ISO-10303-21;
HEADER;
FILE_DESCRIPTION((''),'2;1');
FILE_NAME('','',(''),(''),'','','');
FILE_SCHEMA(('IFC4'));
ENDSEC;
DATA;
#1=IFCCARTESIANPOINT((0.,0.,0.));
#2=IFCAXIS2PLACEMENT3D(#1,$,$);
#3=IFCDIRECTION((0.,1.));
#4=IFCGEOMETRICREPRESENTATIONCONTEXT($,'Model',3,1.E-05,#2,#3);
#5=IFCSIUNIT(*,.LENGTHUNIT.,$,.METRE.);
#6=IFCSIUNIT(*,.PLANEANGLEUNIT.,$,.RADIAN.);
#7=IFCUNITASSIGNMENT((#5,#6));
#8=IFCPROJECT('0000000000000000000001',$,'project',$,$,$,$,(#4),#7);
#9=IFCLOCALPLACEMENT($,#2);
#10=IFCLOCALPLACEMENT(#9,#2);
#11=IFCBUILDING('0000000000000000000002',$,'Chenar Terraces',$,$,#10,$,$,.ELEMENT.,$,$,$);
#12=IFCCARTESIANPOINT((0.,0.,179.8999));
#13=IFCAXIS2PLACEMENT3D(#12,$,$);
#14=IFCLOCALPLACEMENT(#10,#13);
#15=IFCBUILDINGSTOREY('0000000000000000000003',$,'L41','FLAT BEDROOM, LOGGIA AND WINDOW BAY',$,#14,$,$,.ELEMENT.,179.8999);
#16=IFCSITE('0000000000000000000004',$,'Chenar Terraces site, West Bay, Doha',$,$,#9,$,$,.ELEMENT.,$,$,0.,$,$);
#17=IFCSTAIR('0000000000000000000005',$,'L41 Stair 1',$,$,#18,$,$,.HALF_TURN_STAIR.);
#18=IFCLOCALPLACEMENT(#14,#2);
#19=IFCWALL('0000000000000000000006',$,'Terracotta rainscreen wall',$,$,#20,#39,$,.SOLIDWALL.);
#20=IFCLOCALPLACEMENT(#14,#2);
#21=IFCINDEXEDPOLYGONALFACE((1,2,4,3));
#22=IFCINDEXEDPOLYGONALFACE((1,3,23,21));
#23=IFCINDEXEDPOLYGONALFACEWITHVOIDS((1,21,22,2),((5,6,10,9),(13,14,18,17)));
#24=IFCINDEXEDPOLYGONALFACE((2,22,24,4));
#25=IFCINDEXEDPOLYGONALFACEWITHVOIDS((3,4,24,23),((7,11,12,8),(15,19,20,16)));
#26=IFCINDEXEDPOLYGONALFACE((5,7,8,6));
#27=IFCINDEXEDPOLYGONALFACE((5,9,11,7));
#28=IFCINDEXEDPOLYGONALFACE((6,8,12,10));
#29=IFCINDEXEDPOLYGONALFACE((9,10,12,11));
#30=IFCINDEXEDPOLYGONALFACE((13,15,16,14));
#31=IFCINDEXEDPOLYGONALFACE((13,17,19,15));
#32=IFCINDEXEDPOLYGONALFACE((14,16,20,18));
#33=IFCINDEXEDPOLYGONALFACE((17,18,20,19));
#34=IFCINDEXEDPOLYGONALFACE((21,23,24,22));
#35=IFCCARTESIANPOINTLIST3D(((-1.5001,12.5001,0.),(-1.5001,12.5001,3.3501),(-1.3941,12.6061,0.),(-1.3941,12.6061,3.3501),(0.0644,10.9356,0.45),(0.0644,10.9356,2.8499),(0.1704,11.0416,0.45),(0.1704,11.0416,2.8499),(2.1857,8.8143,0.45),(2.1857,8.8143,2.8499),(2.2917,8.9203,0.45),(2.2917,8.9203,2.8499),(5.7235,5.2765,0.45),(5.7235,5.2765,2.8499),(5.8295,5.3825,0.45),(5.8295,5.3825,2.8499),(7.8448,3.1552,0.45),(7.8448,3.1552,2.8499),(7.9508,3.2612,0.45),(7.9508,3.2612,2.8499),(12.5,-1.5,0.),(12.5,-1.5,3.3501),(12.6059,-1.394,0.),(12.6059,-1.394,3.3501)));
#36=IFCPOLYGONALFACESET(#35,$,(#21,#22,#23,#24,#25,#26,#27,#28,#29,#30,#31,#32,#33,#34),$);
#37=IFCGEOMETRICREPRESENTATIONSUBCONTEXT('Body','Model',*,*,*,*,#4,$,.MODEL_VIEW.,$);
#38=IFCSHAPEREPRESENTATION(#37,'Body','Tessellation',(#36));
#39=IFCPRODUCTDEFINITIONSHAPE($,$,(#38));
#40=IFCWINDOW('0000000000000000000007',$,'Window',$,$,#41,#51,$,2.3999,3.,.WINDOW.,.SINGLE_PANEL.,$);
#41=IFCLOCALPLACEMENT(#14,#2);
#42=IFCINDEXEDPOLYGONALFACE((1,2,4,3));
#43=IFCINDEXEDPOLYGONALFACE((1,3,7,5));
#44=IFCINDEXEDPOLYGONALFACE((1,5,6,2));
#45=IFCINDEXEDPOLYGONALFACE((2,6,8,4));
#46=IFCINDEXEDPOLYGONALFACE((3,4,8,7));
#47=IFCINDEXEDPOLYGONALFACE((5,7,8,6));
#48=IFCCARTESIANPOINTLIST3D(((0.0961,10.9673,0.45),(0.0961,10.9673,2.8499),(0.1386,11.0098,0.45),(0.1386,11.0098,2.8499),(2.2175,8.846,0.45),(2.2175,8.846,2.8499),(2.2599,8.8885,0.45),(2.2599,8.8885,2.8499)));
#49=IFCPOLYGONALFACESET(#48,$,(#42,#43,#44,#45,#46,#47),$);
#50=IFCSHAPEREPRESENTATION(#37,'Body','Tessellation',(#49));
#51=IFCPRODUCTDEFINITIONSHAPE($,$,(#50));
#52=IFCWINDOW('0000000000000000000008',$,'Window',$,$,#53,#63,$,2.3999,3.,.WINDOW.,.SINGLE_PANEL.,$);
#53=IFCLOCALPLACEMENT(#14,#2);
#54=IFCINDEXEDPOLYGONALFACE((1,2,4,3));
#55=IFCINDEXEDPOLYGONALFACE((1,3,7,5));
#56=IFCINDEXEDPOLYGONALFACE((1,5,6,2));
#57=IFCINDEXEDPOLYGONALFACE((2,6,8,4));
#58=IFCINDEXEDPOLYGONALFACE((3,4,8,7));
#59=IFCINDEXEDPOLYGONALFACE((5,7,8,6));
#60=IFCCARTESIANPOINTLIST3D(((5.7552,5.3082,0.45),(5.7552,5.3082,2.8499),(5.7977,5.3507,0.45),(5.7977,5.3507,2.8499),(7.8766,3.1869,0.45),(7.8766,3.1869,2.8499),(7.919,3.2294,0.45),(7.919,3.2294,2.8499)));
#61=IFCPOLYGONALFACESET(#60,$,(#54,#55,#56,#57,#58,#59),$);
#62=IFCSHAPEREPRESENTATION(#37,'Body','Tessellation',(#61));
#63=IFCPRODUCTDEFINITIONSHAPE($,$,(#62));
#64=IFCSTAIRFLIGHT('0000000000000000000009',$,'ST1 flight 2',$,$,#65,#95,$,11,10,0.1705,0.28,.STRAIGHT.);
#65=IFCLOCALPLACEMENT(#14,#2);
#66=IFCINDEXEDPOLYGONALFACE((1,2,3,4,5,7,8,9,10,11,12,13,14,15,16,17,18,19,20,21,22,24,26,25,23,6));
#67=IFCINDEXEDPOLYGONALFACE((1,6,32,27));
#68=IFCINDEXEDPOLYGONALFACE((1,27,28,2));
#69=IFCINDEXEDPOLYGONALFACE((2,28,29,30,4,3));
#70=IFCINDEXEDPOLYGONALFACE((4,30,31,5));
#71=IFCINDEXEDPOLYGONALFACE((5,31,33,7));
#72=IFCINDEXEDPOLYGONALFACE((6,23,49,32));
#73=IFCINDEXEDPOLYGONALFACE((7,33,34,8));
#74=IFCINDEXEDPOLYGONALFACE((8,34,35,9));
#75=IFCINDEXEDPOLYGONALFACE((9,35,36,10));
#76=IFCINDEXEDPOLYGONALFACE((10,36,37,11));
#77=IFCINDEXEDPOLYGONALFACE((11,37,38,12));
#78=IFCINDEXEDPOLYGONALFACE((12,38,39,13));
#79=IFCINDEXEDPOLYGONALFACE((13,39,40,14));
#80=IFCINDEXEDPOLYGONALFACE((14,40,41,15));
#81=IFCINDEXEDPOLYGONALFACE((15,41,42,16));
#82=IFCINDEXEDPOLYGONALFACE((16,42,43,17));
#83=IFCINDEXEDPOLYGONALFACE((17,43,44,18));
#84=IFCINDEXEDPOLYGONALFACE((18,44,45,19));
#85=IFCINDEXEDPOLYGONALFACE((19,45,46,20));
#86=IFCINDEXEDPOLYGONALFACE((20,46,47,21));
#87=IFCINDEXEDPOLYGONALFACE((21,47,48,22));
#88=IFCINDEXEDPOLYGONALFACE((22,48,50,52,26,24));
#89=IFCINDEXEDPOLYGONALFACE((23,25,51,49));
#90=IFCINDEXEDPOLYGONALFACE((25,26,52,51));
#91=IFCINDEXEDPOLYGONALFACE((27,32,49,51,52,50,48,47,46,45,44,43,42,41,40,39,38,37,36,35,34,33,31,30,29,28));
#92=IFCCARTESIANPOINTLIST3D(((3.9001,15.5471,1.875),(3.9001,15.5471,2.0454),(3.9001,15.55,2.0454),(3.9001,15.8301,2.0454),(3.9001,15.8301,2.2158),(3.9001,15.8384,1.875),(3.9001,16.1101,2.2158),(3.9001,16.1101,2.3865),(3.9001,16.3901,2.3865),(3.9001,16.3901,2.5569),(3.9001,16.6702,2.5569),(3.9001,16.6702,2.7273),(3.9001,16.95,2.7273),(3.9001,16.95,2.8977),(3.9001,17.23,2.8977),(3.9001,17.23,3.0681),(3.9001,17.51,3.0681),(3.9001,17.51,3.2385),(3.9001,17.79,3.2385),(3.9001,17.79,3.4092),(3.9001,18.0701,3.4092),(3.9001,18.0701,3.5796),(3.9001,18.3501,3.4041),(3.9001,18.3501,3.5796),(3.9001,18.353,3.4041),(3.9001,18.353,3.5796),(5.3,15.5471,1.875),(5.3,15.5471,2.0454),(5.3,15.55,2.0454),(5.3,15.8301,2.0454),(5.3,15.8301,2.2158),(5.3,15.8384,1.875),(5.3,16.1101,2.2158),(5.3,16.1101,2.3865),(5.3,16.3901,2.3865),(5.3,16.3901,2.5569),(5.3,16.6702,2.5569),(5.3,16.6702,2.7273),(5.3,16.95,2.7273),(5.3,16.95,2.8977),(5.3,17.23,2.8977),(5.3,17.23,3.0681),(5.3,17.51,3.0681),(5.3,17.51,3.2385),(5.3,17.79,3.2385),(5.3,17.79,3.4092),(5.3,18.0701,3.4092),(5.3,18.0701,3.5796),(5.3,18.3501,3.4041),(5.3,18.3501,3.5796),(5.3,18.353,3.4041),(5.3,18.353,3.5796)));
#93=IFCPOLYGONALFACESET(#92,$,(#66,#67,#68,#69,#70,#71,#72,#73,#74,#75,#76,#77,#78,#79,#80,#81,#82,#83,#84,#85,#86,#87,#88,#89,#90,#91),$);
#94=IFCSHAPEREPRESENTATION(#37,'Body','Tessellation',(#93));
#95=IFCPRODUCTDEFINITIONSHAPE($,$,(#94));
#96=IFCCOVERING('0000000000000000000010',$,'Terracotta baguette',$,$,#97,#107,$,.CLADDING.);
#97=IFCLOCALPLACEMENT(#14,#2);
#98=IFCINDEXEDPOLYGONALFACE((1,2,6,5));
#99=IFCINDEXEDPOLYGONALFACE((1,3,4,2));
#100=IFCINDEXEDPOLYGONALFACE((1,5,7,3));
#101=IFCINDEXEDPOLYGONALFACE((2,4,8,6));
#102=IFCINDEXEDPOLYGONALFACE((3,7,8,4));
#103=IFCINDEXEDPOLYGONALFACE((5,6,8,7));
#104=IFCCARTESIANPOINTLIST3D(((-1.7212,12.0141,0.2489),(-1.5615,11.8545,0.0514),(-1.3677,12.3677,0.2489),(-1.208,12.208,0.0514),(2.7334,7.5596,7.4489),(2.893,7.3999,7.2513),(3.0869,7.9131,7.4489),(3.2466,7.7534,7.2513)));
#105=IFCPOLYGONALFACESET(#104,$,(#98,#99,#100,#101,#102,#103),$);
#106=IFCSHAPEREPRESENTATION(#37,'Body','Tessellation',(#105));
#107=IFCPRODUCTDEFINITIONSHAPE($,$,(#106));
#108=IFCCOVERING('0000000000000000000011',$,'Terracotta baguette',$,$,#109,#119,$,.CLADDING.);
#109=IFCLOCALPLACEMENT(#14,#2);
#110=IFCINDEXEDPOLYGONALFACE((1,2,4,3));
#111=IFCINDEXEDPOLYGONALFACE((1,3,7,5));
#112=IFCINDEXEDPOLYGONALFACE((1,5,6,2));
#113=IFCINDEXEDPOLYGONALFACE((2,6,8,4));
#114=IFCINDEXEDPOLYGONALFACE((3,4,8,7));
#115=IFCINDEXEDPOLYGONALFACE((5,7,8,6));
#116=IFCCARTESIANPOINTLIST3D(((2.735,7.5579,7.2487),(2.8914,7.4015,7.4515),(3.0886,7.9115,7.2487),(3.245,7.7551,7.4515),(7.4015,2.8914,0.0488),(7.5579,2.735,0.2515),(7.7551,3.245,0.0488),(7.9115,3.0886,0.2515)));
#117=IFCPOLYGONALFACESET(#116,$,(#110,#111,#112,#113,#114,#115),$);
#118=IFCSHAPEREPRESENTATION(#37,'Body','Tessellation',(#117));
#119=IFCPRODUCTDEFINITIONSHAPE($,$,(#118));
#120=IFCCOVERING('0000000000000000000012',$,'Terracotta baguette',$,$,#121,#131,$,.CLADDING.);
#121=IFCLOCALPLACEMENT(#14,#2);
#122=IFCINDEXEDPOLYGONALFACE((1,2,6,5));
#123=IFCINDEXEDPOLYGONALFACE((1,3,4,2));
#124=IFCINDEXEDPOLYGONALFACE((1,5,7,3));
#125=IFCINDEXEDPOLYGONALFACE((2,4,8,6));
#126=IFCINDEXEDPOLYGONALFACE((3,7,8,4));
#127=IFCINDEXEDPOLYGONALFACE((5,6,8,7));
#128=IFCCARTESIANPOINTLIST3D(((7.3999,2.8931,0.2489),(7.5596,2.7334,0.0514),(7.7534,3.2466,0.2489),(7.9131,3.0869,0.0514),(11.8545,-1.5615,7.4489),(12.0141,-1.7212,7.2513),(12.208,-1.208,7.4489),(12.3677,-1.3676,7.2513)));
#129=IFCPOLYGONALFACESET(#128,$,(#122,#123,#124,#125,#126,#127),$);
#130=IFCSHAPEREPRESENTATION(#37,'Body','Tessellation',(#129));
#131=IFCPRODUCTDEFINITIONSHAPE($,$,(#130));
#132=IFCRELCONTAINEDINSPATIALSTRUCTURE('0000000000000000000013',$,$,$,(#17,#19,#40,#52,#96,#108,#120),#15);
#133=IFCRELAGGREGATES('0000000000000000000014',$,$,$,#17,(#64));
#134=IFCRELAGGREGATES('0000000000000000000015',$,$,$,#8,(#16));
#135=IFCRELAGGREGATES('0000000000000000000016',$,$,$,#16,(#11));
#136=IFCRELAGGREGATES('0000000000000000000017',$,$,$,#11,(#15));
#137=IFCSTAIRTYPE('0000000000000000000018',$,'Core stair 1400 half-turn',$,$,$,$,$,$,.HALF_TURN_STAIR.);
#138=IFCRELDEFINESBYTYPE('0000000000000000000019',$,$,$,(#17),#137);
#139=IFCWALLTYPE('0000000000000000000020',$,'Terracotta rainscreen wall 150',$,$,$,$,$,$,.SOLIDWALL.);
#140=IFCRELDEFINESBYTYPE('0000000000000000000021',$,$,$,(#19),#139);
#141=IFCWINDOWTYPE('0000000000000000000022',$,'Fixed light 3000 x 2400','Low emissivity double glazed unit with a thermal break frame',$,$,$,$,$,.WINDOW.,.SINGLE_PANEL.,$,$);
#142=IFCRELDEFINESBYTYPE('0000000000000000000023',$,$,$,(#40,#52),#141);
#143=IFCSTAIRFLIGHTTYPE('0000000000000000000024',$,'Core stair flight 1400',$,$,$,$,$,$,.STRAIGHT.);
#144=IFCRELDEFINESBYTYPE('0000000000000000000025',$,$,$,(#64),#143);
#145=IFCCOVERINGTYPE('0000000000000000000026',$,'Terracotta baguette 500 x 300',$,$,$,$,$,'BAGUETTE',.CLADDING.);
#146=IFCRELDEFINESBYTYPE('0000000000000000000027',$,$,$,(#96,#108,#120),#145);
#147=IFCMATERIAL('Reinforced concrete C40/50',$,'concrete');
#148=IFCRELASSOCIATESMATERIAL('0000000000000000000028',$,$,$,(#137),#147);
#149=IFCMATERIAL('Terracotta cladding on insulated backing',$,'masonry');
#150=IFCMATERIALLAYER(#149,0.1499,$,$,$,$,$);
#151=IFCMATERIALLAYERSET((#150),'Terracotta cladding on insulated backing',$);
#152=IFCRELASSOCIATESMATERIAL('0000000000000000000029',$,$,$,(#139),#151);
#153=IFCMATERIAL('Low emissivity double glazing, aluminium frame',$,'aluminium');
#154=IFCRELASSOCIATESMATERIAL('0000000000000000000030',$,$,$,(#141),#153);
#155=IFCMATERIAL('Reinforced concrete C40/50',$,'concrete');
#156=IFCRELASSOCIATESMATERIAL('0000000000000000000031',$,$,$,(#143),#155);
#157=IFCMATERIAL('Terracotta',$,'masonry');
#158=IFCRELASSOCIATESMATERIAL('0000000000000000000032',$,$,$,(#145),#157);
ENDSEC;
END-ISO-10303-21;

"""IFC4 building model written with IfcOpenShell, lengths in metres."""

from ifc_helpers import new_model, si_unit, direction, frame, frame_2d, origin, origin_2d, place, context, subcontext, project, spatial, polyline, rectangle, outline, extrude, material, layer, layer_set, material_profile, profile_set, type_object, element, fill, aggregate, save


model = new_model("IFC4")

# Units and contexts
model_context = context("Model", 3, precision=1e-05, world=origin(), true_north=direction((0.0, 1.0)))
body_context = subcontext(model_context, "Body", "Model", "MODEL_VIEW")
ifc_project = project(units=[si_unit("LENGTHUNIT", "METRE"), si_unit("PLANEANGLEUNIT", "RADIAN")], contexts=[model_context])

# Site, building, storey
site_placement = place(None, origin())
site = spatial("IfcSite", under=ifc_project, at=site_placement, Name="Chenar Terraces site, West Bay, Doha", CompositionType="ELEMENT", RefElevation=0.0)
building_placement = place(site_placement, origin())
building = spatial("IfcBuilding", under=site, at=building_placement, Name="Chenar Terraces", CompositionType="ELEMENT")
storey_placement = place(building_placement, frame((0.0, 0.0, 179.8999)))
storey = spatial("IfcBuildingStorey", under=building, at=storey_placement, Name="L41", Description="FLAT BEDROOM, LOGGIA AND WINDOW BAY", CompositionType="ELEMENT", Elevation=179.8999)

# Stair
ifc_material_1 = material(Name="Reinforced concrete C40/50", Category="concrete")
stair_type = type_object("IfcStairType", Name="Core stair 1400 half-turn", PredefinedType="HALF_TURN_STAIR", material=ifc_material_1)
placement_1 = place(storey_placement, origin())
stair_1 = element("IfcStair", 1, at=placement_1, inside=storey, type_object=stair_type, Name="L41 Stair 1", PredefinedType="HALF_TURN_STAIR")

# Wall, openings, windows
ifc_material_2 = material(Name="Terracotta cladding on insulated backing", Category="masonry")
ifc_layer_1 = layer(ifc_material_2, 0.1499)
ifc_layer_set_1 = layer_set([ifc_layer_1], Name="Terracotta cladding on insulated backing")
wall_type_1 = type_object("IfcWallType", Name="Terracotta rainscreen wall 150", PredefinedType="SOLIDWALL", material=ifc_layer_set_1)
wall_1_placement = place(storey_placement, frame((-1.447, 12.553, 0.0), z_axis=(0.0, 0.0, 1.0), x_axis=(0.707107, -0.707107, 0.0)))
wall_1 = element("IfcWall", 2, at=wall_1_placement, inside=storey, type_object=wall_type_1, Name="Terracotta rainscreen wall", PredefinedType="SOLIDWALL", context=body_context, shape_type="SweptSolid", body=[
    extrude(rectangle(XDim=19.7991, YDim=0.1499, at=frame_2d((9.8994, 0.0))), origin(), (0.0, 0.0, 1.0), 3.3501),
])
opening_1_placement = place(wall_1_placement, frame((2.2124, 0.0, 0.45)))
opening_1 = element("IfcOpeningElement", 3, at=opening_1_placement, cuts=wall_1, PredefinedType="OPENING", context=body_context, shape_type="SweptSolid", body=[
    extrude(rectangle(XDim=3.0, YDim=2.3999, at=frame_2d((1.5, 1.2))), frame((0.0, 0.085, 0.0), z_axis=(0.0, -1.0, 0.0), x_axis=(1.0, 0.0, 0.0)), (0.0, 0.0, 1.0), 0.1699),
])
opening_2_placement = place(wall_1_placement, frame((10.2156, 0.0, 0.45)))
opening_2 = element("IfcOpeningElement", 4, at=opening_2_placement, cuts=wall_1, PredefinedType="OPENING", context=body_context, shape_type="SweptSolid", body=[
    extrude(rectangle(XDim=3.0, YDim=2.3999, at=frame_2d((1.5, 1.2))), frame((0.0, 0.085, 0.0), z_axis=(0.0, -1.0, 0.0), x_axis=(1.0, 0.0, 0.0)), (0.0, 0.0, 1.0), 0.1699),
])
ifc_material_3 = material(Name="Low emissivity double glazing, aluminium frame", Category="aluminium")
window_type = type_object("IfcWindowType", Name="Fixed light 3000 x 2400", Description="Low emissivity double glazed unit with a thermal break frame", PartitioningType="SINGLE_PANEL", PredefinedType="WINDOW", material=ifc_material_3)
window_1_placement = place(opening_1_placement, origin())
window_1 = element("IfcWindow", 5, at=window_1_placement, inside=storey, type_object=window_type, Name="Window", OverallHeight=2.3999, OverallWidth=3.0, PartitioningType="SINGLE_PANEL", PredefinedType="WINDOW", context=body_context, shape_type="SweptSolid", body=[
    extrude(rectangle(XDim=3.0, YDim=2.3999, at=frame_2d((1.5, 1.2))), frame((0.0, 0.03, 0.0), z_axis=(0.0, -1.0, 0.0), x_axis=(1.0, 0.0, 0.0)), (0.0, 0.0, 1.0), 0.0601),
])
fill(opening_1, window_1)
window_2_placement = place(opening_2_placement, origin())
window_2 = element("IfcWindow", 6, at=window_2_placement, inside=storey, type_object=window_type, Name="Window", OverallHeight=2.3999, OverallWidth=3.0, PartitioningType="SINGLE_PANEL", PredefinedType="WINDOW", context=body_context, shape_type="SweptSolid", body=[
    extrude(rectangle(XDim=3.0, YDim=2.3999, at=frame_2d((1.5, 1.2))), frame((0.0, 0.03, 0.0), z_axis=(0.0, -1.0, 0.0), x_axis=(1.0, 0.0, 0.0)), (0.0, 0.0, 1.0), 0.0601),
])
fill(opening_2, window_2)

# Stair flight
ifc_material_4 = material(Name="Reinforced concrete C40/50", Category="concrete")
stair_flight_type = type_object("IfcStairFlightType", Name="Core stair flight 1400", PredefinedType="STRAIGHT", material=ifc_material_4)
stair_flight_placement = place(storey_placement, frame((4.6001, 15.55, 1.875), z_axis=(0.0, 0.0, 1.0), x_axis=(0.0, 1.0, 0.0)))
stair_flight = element("IfcStairFlight", 7, at=stair_flight_placement, type_object=stair_flight_type, Name="ST1 flight 2", NumberOfRisers=11, NumberOfTreads=10, PredefinedType="STRAIGHT", RiserHeight=0.1705, TreadLength=0.28, context=body_context, shape_type="SweptSolid", body=[
    extrude(outline(polyline([(-0.0029, 0.0), (-0.0029, 0.1704), (0.0, 0.1704), (0.28, 0.1704), (0.28, 0.3408), (0.5601, 0.3408), (0.5601, 0.5115), (0.8401, 0.5115), (0.8401, 0.6819), (1.1201, 0.6819), (1.1201, 0.8523), (1.3999, 0.8523), (1.3999, 1.0227), (1.6799, 1.0227), (1.6799, 1.1931), (1.96, 1.1931), (1.96, 1.3635), (2.24, 1.3635), (2.24, 1.5342), (2.52, 1.5342), (2.52, 1.7046), (2.8, 1.7046), (2.803, 1.7046), (2.803, 1.5291), (2.8, 1.5291), (0.2883, 0.0), (-0.0029, 0.0)])), frame((0.0, 0.7, 0.0), z_axis=(0.0, -1.0, 0.0), x_axis=(1.0, 0.0, 0.0)), (0.0, 0.0, 1.0), 1.3999),
])
aggregate(stair_1, [stair_flight])

# Coverings
ifc_material_5 = material(Name="Terracotta", Category="masonry")
ifc_material_profile = material_profile(ifc_material_5, rectangle(XDim=0.5, YDim=0.3, at=origin_2d()), Name="Terracotta baguette 500 x 300")
ifc_profile_set = profile_set([ifc_material_profile], Name="Terracotta")
covering_type = type_object("IfcCoveringType", Name="Terracotta baguette 500 x 300", ElementType="BAGUETTE", PredefinedType="CLADDING", material=ifc_profile_set)
covering_1_placement = place(storey_placement, frame((-1.4646, 12.1111, 0.1501), z_axis=(0.465624, -0.465624, 0.752588), x_axis=(0.707107, 0.707107, 0.0)))
element("IfcCovering", 8, at=covering_1_placement, inside=storey, type_object=covering_type, Name="Terracotta baguette", PredefinedType="CLADDING", context=body_context, shape_type="SweptSolid", body=[
    extrude(rectangle(XDim=0.5, YDim=0.3, at=origin_2d()), origin(), (0.0, 0.0, 1.0), 9.5669),
])
covering_2_placement = place(storey_placement, frame((2.99, 7.6565, 7.3501), z_axis=(0.477789, -0.477789, -0.737181), x_axis=(0.707107, 0.707107, 0.0)))
element("IfcCovering", 9, at=covering_2_placement, inside=storey, type_object=covering_type, Name="Terracotta baguette", PredefinedType="CLADDING", context=body_context, shape_type="SweptSolid", body=[
    extrude(rectangle(XDim=0.5, YDim=0.3, at=origin_2d()), origin(), (0.0, 0.0, 1.0), 9.7668),
])
covering_3_placement = place(storey_placement, frame((7.6565, 2.99, 0.1501), z_axis=(0.465624, -0.465624, 0.752588), x_axis=(0.707107, 0.707107, 0.0)))
element("IfcCovering", 10, at=covering_3_placement, inside=storey, type_object=covering_type, Name="Terracotta baguette", PredefinedType="CLADDING", context=body_context, shape_type="SweptSolid", body=[
    extrude(rectangle(XDim=0.5, YDim=0.3, at=origin_2d()), origin(), (0.0, 0.0, 1.0), 9.5669),
])

save(model, "model.ifc")
